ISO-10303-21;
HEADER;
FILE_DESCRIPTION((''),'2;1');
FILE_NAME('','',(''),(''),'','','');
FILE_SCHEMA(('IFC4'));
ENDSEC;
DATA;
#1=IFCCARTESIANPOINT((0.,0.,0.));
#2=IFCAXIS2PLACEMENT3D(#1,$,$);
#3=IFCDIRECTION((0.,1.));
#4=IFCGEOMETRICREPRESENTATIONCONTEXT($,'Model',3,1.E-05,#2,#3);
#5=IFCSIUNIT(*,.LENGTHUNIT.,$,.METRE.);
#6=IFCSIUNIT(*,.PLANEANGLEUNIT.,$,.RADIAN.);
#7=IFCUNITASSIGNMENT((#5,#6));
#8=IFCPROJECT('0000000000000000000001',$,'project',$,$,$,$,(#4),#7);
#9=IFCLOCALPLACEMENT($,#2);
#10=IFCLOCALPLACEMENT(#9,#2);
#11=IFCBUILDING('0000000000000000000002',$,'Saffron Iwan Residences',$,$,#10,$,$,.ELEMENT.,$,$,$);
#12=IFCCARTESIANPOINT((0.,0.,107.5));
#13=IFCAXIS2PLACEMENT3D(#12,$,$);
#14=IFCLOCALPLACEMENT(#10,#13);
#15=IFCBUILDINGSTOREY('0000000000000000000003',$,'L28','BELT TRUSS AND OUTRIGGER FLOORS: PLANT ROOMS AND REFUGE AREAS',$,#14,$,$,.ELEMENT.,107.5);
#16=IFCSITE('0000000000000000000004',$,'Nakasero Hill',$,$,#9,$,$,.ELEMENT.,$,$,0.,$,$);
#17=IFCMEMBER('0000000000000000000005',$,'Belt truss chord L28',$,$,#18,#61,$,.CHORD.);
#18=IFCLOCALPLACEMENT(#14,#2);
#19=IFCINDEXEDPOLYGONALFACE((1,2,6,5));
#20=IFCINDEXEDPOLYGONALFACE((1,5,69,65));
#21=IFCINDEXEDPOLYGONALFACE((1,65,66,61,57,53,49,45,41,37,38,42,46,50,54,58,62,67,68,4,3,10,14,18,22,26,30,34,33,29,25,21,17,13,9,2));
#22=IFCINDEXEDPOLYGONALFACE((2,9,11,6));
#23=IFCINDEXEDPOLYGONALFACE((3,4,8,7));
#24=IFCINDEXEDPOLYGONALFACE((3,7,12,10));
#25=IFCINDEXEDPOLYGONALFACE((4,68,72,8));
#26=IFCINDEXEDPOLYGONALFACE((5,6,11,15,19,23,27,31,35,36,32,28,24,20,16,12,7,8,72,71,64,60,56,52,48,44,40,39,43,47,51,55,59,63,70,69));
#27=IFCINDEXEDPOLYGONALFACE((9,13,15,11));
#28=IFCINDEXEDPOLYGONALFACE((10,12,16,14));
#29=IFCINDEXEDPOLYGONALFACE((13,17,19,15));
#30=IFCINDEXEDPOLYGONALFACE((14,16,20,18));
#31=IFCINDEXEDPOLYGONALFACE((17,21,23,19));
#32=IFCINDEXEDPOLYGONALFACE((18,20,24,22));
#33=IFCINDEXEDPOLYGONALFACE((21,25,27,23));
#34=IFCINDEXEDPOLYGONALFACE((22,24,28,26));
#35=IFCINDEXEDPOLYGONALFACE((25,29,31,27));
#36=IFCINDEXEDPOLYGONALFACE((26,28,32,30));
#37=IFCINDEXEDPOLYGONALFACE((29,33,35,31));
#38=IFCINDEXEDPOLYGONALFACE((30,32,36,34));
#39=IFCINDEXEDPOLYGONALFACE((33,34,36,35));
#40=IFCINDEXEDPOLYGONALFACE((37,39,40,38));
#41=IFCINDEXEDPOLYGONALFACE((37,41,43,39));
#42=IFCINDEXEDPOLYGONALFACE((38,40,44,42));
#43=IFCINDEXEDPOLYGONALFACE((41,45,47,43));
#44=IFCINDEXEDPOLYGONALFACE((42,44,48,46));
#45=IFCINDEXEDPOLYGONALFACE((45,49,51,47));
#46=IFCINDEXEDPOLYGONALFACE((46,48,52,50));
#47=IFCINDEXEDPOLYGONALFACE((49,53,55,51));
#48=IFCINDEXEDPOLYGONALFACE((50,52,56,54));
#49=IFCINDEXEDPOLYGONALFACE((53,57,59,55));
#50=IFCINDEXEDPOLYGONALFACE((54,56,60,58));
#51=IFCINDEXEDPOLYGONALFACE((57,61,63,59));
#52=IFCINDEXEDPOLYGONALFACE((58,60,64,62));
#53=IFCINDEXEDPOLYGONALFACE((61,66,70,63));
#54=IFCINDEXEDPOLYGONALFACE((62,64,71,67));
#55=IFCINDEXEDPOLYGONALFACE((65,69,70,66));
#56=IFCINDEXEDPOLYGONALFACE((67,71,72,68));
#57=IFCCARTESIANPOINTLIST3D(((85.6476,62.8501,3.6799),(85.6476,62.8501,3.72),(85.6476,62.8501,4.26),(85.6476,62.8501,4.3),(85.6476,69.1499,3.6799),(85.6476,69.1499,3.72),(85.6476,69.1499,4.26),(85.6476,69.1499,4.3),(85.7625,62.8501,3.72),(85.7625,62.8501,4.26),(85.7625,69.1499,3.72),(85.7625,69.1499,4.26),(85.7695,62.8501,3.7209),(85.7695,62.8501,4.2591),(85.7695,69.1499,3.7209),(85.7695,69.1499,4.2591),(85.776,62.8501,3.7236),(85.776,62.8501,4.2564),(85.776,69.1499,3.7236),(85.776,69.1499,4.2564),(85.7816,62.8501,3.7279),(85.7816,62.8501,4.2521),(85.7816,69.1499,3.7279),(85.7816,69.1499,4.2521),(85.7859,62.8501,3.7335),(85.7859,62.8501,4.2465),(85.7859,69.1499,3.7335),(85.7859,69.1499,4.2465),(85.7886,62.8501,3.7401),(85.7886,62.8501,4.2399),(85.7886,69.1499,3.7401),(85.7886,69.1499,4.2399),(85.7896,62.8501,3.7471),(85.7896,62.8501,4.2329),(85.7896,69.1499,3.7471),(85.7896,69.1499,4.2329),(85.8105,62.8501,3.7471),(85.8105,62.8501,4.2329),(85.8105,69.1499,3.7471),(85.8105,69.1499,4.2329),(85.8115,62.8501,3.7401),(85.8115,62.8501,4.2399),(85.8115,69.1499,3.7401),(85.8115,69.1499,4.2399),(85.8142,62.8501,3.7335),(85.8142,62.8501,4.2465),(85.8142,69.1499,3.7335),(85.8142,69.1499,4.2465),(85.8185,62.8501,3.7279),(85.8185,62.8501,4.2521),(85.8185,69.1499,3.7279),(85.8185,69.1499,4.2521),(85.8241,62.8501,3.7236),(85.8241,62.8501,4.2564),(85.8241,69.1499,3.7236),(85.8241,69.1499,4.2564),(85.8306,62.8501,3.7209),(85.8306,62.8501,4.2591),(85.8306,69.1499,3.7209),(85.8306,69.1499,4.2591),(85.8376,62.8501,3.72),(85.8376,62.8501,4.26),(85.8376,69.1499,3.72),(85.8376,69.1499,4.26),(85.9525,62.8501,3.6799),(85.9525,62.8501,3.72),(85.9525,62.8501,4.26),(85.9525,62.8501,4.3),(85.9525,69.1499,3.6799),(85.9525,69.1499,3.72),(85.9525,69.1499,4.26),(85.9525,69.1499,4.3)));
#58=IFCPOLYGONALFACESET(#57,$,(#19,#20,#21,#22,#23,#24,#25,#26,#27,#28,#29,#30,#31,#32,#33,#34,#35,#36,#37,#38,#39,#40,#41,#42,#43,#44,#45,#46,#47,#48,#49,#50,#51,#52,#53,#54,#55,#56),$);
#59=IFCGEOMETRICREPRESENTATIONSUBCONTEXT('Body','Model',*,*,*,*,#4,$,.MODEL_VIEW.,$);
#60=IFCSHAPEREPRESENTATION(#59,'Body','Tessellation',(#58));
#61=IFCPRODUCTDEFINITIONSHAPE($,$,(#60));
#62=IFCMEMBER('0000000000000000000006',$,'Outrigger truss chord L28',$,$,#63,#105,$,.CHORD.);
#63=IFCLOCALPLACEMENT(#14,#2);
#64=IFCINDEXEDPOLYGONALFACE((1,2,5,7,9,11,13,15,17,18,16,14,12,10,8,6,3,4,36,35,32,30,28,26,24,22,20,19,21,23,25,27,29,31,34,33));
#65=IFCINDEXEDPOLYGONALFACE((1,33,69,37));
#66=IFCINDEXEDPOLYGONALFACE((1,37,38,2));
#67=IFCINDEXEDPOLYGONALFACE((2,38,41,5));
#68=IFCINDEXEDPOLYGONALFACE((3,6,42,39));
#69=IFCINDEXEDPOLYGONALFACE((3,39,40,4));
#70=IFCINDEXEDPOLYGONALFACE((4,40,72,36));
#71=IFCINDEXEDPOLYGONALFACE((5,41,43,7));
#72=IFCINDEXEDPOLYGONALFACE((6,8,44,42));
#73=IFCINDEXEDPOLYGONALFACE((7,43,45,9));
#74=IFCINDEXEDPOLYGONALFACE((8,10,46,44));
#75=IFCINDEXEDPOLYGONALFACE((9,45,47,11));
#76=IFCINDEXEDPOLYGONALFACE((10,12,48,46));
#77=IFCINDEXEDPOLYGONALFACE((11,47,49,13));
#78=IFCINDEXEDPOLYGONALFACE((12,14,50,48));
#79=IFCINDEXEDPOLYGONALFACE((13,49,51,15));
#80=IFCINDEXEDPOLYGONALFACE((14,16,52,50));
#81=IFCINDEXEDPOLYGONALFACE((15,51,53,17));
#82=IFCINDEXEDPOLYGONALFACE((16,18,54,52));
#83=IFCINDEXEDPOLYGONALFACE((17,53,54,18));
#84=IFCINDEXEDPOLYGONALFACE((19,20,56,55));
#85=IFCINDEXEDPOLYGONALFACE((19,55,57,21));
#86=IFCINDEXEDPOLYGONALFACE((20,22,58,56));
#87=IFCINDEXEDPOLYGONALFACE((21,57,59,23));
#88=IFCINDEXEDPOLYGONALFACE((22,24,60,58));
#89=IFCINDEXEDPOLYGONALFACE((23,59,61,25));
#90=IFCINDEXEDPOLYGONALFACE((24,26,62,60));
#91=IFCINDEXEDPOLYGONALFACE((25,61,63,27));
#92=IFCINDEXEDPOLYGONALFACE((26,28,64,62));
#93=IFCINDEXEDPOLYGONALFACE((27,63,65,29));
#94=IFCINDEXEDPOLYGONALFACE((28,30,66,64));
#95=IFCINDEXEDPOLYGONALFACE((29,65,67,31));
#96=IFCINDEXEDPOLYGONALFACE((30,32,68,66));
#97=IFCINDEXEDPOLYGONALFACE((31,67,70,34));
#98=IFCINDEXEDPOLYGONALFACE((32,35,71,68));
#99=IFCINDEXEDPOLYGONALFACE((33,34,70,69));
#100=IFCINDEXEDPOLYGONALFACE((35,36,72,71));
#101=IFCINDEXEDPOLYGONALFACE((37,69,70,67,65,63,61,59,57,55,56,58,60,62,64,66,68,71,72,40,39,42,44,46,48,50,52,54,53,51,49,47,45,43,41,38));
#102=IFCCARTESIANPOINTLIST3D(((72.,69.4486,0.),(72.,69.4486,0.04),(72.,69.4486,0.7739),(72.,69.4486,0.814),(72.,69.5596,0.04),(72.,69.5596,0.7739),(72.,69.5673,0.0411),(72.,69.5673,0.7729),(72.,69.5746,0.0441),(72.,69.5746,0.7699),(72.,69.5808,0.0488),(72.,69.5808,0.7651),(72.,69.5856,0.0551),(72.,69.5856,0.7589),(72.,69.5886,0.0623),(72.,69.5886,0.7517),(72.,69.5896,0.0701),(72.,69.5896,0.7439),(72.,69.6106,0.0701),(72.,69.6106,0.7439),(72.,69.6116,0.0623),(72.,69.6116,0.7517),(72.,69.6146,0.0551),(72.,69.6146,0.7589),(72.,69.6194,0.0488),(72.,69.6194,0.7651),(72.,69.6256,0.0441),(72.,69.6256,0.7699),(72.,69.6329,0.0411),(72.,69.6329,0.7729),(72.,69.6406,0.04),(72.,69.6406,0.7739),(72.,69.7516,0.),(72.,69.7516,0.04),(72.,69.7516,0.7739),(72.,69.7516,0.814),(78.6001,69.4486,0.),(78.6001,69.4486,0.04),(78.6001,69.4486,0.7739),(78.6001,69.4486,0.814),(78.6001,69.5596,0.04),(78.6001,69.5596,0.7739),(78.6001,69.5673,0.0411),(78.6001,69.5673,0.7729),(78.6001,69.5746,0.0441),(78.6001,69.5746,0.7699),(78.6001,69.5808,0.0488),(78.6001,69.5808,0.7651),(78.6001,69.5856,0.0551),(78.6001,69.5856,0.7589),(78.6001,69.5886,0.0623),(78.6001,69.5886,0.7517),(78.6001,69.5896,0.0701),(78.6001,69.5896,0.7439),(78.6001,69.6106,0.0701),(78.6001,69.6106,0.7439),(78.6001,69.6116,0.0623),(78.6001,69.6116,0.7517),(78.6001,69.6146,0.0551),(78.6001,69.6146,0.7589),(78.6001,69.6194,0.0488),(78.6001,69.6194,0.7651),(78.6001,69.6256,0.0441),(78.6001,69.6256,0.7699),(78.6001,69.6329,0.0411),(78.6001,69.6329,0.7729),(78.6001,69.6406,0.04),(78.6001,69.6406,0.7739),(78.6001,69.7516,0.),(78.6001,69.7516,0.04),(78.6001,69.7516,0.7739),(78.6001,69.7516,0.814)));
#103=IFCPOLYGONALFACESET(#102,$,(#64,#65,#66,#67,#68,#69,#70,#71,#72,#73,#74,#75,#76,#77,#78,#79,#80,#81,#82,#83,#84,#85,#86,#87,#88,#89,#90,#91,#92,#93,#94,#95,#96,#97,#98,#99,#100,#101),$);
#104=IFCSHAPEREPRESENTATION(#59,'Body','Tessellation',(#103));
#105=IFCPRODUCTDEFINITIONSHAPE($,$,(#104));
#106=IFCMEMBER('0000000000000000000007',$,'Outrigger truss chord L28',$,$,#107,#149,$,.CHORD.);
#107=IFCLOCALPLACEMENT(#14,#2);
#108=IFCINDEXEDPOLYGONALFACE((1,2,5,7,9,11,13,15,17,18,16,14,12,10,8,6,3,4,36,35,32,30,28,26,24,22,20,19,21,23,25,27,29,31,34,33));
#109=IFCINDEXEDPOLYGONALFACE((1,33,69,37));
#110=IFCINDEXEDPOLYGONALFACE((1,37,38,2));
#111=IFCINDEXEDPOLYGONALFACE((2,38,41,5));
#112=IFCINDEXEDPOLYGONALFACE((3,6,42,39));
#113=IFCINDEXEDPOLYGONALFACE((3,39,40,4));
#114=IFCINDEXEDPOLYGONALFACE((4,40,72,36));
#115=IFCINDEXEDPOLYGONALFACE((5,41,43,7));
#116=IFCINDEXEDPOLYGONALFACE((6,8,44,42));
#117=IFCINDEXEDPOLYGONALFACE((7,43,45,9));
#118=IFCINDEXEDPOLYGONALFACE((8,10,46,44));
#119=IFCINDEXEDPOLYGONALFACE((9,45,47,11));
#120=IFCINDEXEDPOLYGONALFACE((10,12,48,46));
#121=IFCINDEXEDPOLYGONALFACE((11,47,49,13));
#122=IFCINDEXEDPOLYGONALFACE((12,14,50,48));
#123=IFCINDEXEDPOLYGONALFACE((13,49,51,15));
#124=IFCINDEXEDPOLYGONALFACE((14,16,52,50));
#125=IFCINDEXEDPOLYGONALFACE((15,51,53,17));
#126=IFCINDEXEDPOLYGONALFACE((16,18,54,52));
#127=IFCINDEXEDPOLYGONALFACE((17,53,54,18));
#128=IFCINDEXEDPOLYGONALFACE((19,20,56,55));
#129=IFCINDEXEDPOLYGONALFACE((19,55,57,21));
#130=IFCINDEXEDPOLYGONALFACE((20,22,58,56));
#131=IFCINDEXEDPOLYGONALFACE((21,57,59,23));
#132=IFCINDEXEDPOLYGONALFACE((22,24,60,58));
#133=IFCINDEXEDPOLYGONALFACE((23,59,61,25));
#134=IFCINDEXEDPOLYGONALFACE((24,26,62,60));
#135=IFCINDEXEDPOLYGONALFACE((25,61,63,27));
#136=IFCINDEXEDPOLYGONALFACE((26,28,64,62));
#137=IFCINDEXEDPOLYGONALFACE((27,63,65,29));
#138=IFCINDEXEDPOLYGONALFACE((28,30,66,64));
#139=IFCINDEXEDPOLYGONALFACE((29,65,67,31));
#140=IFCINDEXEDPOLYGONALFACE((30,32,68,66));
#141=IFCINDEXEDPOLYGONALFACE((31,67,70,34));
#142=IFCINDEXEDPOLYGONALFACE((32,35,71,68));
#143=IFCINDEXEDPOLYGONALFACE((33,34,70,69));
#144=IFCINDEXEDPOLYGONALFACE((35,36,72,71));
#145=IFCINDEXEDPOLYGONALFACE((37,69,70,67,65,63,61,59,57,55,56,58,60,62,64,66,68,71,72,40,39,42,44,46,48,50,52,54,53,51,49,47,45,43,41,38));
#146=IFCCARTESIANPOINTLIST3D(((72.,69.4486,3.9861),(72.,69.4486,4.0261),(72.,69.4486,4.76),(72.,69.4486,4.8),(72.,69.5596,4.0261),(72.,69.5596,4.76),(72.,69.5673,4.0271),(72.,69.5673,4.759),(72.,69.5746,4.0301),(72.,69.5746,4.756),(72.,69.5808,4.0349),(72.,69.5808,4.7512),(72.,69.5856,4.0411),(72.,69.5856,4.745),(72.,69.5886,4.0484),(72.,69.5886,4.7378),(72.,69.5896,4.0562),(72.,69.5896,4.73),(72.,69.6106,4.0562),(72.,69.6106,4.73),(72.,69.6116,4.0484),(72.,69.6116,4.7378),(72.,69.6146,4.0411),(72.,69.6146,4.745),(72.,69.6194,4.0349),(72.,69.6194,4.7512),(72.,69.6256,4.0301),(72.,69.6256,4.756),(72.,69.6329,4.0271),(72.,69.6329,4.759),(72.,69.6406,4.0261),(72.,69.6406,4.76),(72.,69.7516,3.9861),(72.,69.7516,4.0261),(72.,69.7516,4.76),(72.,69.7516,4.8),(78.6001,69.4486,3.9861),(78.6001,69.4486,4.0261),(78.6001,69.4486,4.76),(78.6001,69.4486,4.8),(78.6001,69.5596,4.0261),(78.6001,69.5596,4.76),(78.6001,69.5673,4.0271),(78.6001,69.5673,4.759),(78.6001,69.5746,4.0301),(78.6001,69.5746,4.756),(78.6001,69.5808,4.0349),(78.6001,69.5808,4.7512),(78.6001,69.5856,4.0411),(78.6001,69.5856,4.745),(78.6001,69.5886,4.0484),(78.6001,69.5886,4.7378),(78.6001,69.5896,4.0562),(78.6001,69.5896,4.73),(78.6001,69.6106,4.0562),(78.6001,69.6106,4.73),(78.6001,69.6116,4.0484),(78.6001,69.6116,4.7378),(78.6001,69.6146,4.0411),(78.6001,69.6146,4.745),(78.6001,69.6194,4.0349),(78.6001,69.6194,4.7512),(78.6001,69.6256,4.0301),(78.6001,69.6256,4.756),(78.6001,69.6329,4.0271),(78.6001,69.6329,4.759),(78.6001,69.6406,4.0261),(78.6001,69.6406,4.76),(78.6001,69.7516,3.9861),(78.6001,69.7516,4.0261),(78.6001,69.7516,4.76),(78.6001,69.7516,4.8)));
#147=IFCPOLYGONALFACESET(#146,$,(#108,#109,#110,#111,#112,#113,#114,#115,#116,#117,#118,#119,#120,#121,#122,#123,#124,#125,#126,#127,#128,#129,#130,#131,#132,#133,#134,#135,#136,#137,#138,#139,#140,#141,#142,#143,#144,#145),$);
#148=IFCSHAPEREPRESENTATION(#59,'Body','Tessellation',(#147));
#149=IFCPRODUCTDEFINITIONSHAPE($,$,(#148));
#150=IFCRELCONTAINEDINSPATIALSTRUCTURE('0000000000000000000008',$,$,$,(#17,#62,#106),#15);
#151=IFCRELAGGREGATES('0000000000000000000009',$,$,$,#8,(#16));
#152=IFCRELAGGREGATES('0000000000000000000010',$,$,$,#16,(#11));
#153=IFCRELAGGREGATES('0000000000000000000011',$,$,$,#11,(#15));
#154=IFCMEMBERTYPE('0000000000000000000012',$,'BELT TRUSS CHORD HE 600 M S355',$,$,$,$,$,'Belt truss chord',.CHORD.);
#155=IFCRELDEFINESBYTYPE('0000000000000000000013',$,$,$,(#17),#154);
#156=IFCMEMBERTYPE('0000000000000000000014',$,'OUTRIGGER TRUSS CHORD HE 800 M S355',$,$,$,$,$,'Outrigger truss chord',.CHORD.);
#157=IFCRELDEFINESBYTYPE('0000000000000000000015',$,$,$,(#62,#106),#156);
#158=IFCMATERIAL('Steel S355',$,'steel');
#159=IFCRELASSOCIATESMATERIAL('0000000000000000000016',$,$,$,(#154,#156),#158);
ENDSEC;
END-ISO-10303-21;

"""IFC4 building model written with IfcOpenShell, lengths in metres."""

from ifc_helpers import new_model, si_unit, direction, frame, origin, origin_2d, place, context, subcontext, project, spatial, i_section, extrude, source, transform, mapped, material, material_profile, profile_set, type_object, element, save


model = new_model("IFC4")

# Units and contexts
model_context = context("Model", 3, precision=1e-05, world=origin(), true_north=direction((0.0, 1.0)))
body_context = subcontext(model_context, "Body", "Model", "MODEL_VIEW")
ifc_project = project(units=[si_unit("LENGTHUNIT", "METRE"), si_unit("PLANEANGLEUNIT", "RADIAN")], contexts=[model_context])

# Site, building, storey
site_placement = place(None, origin())
site = spatial("IfcSite", under=ifc_project, at=site_placement, Name="Nakasero Hill", CompositionType="ELEMENT", RefElevation=0.0)
building_placement = place(site_placement, origin())
building = spatial("IfcBuilding", under=site, at=building_placement, Name="Saffron Iwan Residences", CompositionType="ELEMENT")
storey_placement = place(building_placement, frame((0.0, 0.0, 107.5)))
storey = spatial("IfcBuildingStorey", under=building, at=storey_placement, Name="L28", Description="BELT TRUSS AND OUTRIGGER FLOORS: PLANT ROOMS AND REFUGE AREAS", CompositionType="ELEMENT", Elevation=107.5)

# Members
ifc_material_1 = material(Name="Steel S355", Category="steel")
ifc_material_profile_1 = material_profile(ifc_material_1, i_section(OverallWidth=0.3049, OverallDepth=0.6201, WebThickness=0.021, FlangeThickness=0.04, FilletRadius=0.0271, at=origin_2d()), Name="HE 600 M")
ifc_profile_set_1 = profile_set([ifc_material_profile_1], Name="Steel S355")
member_type_1 = type_object("IfcMemberType", Name="BELT TRUSS CHORD HE 600 M S355", ElementType="Belt truss chord", PredefinedType="CHORD", material=ifc_profile_set_1)
shared_shape_1 = source(origin(), body_context, "Body", "SweptSolid", [
    extrude(i_section(OverallWidth=0.3049, OverallDepth=0.6201, WebThickness=0.021, FlangeThickness=0.04, FilletRadius=0.0271, at=origin_2d()), origin(), (0.0, 0.0, 1.0), 6.2998),
])
for number, where, z_axis, x_axis, name in (
    (1, (85.8, 69.1499, 3.99), (0.0, -1.0, 0.0), (1.0, 0.0, 0.0), "Belt truss chord L28"),
):
    element("IfcMember", number, at=place(storey_placement, frame(where, z_axis=z_axis, x_axis=x_axis)), inside=storey, type_object=member_type_1, Name=name, PredefinedType="CHORD", context=body_context, shape_type="MappedRepresentation", body=[
        mapped(shared_shape_1, transform((0.0, 0.0, 0.0))),
    ])
ifc_material_profile_2 = material_profile(ifc_material_1, i_section(OverallWidth=0.303, OverallDepth=0.814, WebThickness=0.021, FlangeThickness=0.04, FilletRadius=0.03, at=origin_2d()), Name="HE 800 M")
ifc_profile_set_2 = profile_set([ifc_material_profile_2], Name="Steel S355")
member_type_2 = type_object("IfcMemberType", Name="OUTRIGGER TRUSS CHORD HE 800 M S355", ElementType="Outrigger truss chord", PredefinedType="CHORD", material=ifc_profile_set_2)
shared_shape_2 = source(origin(), body_context, "Body", "SweptSolid", [
    extrude(i_section(OverallWidth=0.303, OverallDepth=0.814, WebThickness=0.021, FlangeThickness=0.04, FilletRadius=0.03, at=origin_2d()), origin(), (0.0, 0.0, 1.0), 6.6001),
])
for number, where, z_axis, x_axis, name in (
    (2, (72.0, 69.6001, 0.407), (1.0, 0.0, 0.0), (0.0, 1.0, 0.0), "Outrigger truss chord L28"),
    (3, (72.0, 69.6001, 4.3931), (1.0, 0.0, 0.0), (0.0, 1.0, 0.0), "Outrigger truss chord L28"),
):
    element("IfcMember", number, at=place(storey_placement, frame(where, z_axis=z_axis, x_axis=x_axis)), inside=storey, type_object=member_type_2, Name=name, PredefinedType="CHORD", context=body_context, shape_type="MappedRepresentation", body=[
        mapped(shared_shape_2, transform((0.0, 0.0, 0.0))),
    ])

save(model, "model.ifc")
